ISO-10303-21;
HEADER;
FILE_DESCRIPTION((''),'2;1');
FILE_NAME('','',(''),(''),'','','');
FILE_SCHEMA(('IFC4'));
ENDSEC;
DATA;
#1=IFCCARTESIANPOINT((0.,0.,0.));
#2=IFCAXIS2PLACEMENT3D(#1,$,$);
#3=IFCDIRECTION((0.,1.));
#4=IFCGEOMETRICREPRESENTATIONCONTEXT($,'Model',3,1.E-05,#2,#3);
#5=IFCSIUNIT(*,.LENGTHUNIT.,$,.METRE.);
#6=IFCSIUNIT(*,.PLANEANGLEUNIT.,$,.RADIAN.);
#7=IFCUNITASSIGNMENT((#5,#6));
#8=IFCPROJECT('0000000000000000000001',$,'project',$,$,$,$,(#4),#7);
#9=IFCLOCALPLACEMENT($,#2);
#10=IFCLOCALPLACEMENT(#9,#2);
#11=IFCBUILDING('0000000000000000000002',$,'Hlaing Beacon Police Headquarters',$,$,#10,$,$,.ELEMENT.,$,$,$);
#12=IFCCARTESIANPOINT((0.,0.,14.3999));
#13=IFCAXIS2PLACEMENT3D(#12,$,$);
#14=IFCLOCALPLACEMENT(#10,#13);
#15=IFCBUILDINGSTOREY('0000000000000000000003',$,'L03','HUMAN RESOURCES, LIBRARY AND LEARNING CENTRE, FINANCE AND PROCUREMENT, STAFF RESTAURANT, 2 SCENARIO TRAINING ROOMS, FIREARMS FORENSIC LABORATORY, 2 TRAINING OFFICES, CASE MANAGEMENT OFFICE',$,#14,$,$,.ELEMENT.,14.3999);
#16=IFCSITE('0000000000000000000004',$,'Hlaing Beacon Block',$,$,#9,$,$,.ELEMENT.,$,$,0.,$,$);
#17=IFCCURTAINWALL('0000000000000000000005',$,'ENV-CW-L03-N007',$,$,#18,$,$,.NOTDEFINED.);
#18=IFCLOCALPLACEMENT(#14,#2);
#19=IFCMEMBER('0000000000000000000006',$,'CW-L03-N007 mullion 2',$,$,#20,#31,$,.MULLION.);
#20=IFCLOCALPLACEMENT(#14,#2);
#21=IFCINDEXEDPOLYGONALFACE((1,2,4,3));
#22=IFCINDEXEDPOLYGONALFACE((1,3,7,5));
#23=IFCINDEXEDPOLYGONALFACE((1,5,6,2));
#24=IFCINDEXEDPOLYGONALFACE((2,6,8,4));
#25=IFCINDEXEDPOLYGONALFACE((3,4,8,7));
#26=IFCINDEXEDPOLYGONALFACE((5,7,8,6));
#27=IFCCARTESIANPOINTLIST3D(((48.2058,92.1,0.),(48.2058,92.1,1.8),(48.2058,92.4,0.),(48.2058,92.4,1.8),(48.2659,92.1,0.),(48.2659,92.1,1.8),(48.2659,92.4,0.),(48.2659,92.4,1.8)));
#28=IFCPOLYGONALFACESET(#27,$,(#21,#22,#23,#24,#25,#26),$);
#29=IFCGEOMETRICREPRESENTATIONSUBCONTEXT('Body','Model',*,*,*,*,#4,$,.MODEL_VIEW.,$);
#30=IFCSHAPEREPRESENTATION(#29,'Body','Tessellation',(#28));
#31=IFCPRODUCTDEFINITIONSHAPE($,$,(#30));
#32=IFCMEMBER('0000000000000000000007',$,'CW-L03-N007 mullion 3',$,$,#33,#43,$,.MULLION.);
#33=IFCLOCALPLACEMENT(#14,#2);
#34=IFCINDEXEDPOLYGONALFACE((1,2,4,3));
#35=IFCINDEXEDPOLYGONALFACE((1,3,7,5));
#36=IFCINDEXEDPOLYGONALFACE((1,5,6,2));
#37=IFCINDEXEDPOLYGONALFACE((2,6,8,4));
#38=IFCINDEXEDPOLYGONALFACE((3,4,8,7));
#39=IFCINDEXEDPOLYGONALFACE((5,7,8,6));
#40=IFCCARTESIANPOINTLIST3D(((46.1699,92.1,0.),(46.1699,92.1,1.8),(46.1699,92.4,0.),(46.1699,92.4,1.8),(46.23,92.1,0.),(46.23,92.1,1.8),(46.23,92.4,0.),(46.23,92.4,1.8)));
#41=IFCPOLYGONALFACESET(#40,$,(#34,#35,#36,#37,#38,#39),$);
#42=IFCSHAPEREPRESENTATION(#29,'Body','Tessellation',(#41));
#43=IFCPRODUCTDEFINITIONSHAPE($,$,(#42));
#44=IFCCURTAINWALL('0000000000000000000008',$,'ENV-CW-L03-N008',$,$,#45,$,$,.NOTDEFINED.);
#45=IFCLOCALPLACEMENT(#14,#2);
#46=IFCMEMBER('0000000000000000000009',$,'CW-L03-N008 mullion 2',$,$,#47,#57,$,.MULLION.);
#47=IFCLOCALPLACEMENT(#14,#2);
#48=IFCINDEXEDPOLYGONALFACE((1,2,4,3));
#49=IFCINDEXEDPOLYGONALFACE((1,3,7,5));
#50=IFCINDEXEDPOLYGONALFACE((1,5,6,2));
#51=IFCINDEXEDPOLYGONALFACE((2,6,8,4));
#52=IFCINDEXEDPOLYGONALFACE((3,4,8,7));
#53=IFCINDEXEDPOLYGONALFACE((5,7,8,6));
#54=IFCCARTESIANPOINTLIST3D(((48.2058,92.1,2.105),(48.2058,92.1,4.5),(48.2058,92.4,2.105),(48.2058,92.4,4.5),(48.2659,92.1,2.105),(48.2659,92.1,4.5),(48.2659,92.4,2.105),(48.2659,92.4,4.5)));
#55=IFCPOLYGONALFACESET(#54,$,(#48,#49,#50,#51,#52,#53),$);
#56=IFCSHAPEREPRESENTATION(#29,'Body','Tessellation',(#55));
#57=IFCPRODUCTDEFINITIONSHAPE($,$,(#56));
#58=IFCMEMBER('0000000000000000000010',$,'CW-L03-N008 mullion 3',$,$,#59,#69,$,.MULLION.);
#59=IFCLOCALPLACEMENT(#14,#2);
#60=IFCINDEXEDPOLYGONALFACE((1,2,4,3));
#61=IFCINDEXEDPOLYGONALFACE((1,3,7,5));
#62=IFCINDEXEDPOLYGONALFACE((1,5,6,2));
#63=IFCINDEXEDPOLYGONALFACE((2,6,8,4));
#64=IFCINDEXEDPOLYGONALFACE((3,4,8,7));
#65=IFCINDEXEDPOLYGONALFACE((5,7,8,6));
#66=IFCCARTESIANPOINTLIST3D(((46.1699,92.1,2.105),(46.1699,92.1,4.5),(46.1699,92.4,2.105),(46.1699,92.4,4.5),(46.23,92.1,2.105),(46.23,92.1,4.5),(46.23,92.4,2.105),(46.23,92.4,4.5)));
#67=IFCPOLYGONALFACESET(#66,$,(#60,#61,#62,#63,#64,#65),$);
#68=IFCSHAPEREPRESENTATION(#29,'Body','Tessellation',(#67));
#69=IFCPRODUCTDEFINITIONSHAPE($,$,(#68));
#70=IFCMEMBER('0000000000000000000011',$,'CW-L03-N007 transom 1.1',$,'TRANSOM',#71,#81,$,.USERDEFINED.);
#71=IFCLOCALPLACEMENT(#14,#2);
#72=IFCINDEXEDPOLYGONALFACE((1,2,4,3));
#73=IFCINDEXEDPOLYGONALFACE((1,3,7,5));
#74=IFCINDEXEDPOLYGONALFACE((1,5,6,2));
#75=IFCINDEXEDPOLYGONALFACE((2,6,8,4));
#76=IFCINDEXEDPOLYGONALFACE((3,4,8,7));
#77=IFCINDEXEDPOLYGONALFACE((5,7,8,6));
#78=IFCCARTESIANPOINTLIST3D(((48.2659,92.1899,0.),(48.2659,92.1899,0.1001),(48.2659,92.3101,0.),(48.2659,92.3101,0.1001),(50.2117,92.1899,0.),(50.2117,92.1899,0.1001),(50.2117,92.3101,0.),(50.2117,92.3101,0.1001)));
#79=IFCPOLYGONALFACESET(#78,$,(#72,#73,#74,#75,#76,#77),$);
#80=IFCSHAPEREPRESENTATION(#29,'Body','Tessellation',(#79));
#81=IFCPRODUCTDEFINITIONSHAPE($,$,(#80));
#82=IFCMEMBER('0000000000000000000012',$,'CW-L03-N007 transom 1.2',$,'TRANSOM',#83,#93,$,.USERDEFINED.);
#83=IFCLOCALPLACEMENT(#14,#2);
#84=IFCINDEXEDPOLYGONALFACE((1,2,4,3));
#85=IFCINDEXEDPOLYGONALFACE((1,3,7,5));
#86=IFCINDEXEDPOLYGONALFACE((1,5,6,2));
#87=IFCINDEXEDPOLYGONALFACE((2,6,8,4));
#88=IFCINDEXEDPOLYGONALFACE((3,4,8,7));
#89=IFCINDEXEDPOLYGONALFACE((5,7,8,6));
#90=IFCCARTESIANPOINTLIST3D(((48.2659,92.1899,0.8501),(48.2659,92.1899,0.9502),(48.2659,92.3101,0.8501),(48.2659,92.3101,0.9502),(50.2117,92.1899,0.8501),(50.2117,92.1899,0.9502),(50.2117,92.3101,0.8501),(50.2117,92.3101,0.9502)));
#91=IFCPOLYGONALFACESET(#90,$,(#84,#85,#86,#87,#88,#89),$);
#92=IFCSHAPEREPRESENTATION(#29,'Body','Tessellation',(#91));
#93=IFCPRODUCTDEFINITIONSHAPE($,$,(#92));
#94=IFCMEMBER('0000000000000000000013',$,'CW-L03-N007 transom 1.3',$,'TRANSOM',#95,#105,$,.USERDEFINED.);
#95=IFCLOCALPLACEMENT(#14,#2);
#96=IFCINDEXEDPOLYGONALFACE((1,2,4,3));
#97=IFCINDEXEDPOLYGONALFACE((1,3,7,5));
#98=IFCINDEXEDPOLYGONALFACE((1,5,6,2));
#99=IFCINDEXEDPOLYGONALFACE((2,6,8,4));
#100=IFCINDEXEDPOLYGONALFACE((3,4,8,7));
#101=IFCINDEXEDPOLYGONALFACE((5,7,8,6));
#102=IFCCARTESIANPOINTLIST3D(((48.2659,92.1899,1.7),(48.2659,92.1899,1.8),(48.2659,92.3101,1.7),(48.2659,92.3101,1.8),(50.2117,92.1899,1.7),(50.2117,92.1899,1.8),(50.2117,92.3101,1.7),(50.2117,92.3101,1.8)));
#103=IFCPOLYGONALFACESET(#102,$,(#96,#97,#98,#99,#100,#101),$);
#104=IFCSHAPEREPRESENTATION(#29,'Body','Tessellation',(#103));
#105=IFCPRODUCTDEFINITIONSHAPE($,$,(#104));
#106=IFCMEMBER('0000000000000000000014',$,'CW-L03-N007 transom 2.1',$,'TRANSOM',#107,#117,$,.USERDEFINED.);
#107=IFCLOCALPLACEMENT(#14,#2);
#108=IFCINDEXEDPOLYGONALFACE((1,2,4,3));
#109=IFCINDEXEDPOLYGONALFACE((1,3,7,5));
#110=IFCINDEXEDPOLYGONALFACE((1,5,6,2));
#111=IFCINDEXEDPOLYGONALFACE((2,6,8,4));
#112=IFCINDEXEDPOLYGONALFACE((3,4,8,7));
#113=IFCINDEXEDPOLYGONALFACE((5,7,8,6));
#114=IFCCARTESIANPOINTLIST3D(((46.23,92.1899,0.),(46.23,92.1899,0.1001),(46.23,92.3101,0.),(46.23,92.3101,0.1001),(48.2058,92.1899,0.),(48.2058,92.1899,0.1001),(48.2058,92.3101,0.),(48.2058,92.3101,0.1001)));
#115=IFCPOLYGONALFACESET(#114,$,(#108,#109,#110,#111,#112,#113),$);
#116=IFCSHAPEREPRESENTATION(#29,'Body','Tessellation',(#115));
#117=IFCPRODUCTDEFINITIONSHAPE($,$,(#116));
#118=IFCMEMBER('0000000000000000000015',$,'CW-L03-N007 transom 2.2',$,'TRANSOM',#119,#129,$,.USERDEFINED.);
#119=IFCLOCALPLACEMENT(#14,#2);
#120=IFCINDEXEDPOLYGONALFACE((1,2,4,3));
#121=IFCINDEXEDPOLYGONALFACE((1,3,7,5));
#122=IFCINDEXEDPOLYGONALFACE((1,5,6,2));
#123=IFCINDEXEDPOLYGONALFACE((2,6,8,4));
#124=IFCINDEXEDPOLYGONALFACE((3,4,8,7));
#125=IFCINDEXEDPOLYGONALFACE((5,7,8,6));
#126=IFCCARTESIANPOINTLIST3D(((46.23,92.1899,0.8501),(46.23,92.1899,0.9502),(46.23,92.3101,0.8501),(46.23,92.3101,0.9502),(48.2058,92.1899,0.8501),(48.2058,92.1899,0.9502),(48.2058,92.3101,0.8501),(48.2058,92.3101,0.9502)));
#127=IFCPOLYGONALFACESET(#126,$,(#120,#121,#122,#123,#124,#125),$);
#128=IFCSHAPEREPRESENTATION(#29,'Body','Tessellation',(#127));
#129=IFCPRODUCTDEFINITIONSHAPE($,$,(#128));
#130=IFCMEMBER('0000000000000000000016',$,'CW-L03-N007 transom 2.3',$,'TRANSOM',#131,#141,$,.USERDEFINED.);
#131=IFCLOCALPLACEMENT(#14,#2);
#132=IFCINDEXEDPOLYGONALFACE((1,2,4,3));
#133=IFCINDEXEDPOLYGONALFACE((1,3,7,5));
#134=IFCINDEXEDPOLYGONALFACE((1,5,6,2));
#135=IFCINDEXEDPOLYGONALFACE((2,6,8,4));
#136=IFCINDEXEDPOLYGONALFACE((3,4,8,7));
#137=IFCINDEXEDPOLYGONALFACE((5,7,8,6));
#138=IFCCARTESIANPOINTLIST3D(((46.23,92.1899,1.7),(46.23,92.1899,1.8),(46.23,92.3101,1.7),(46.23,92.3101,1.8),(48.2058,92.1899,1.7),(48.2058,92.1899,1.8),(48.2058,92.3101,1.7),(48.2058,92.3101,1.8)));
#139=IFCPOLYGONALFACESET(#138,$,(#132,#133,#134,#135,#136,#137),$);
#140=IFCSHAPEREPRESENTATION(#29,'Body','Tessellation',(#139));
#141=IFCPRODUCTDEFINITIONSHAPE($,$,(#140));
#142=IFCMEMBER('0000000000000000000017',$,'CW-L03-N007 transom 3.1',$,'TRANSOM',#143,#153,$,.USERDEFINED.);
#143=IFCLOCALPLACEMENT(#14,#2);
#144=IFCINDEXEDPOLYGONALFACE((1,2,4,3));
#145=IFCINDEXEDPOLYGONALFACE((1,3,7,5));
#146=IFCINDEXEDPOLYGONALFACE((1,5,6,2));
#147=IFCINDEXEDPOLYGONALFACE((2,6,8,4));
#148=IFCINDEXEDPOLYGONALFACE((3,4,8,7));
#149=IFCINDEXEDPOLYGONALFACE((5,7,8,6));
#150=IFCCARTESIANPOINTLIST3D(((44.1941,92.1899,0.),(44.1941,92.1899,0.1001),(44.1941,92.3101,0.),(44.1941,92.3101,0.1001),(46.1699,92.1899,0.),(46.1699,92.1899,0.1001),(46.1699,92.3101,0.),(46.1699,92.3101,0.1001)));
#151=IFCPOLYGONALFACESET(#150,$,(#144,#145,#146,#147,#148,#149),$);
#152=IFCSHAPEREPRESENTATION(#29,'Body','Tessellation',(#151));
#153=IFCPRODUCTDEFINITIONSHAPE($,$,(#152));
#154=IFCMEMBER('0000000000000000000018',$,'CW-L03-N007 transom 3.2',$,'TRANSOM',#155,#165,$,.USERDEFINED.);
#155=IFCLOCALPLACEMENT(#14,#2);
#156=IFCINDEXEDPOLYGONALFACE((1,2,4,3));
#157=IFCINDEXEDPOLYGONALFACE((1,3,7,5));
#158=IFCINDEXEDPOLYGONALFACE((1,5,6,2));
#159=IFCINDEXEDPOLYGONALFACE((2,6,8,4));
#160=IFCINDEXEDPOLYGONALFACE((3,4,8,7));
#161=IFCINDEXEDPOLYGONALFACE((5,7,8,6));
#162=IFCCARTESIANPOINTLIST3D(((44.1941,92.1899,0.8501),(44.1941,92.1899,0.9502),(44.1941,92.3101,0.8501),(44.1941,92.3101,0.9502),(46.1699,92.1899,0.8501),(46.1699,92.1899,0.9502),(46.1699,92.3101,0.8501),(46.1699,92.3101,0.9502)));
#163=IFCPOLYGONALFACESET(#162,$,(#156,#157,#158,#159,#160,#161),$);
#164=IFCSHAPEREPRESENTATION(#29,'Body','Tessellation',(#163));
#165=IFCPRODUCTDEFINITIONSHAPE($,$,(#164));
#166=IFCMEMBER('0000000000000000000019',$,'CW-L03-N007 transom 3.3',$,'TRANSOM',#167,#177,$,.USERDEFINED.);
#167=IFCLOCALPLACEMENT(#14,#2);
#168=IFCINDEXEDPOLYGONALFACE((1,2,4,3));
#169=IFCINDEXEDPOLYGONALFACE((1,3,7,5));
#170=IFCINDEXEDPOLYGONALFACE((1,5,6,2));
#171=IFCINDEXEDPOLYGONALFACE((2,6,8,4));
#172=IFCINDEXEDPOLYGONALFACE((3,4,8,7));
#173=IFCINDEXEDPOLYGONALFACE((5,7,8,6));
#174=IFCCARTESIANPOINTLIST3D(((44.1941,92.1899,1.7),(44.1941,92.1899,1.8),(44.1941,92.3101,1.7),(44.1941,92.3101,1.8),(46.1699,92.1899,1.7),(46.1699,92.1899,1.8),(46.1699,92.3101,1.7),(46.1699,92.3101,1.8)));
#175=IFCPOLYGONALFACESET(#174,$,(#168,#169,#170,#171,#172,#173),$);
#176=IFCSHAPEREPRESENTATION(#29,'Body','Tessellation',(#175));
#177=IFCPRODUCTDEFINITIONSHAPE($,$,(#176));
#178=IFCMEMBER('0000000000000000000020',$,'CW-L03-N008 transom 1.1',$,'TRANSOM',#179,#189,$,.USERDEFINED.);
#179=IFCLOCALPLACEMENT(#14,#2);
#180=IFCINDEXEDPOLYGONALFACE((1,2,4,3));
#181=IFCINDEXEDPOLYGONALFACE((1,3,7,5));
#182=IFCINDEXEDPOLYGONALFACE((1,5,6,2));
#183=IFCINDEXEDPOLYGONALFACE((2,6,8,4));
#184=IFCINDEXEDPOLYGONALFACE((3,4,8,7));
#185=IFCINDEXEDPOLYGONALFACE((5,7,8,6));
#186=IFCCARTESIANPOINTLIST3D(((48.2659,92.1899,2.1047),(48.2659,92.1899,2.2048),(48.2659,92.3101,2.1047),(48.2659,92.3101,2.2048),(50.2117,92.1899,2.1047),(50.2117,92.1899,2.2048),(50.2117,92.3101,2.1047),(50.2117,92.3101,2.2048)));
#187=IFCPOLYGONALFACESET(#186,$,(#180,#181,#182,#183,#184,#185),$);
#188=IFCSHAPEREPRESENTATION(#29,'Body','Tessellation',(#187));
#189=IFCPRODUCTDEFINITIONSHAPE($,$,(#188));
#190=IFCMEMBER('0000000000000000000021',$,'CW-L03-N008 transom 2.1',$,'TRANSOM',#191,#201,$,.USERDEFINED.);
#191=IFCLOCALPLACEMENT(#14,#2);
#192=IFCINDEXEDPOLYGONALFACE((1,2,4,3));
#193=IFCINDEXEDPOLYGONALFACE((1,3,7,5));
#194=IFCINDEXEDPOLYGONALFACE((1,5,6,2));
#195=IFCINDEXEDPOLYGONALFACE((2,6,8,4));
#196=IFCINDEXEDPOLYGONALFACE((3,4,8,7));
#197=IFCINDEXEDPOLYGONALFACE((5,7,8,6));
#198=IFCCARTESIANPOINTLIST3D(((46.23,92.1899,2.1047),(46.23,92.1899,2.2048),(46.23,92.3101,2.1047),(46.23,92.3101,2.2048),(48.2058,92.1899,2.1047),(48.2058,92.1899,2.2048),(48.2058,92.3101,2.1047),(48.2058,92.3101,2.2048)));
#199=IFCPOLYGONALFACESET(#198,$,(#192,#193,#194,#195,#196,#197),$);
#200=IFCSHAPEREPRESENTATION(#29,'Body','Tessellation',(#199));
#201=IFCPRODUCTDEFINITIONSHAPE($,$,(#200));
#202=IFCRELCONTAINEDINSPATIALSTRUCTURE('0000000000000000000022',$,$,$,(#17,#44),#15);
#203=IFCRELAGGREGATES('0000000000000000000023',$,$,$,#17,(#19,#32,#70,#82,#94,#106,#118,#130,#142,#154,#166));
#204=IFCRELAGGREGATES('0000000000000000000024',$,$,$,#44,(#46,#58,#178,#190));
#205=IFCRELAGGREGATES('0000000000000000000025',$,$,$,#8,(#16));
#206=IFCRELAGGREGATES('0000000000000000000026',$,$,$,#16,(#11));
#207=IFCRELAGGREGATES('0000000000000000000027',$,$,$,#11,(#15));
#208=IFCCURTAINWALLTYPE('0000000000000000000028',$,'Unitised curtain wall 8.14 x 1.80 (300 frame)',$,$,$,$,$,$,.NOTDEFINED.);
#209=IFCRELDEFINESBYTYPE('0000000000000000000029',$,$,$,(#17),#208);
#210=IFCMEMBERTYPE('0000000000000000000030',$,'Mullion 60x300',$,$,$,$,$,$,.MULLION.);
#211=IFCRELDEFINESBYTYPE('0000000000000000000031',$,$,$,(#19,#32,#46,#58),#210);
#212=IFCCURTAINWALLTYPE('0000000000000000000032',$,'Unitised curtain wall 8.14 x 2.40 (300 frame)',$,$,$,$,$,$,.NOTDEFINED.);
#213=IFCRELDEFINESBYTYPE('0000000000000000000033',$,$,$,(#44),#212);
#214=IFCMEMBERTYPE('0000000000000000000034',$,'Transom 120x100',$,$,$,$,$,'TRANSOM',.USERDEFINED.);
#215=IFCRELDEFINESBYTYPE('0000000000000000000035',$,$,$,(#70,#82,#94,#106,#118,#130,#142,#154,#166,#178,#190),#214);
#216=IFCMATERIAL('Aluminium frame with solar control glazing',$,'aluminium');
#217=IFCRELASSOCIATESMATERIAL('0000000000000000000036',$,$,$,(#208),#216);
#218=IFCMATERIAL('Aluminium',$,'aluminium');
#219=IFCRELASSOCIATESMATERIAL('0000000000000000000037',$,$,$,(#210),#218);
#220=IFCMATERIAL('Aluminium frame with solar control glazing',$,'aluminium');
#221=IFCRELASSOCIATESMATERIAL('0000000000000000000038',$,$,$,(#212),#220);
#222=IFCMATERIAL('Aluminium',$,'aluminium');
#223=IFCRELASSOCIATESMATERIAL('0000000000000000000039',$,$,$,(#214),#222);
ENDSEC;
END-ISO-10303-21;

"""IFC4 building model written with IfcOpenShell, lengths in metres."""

from ifc_helpers import new_model, si_unit, direction, frame, origin, origin_2d, place, context, subcontext, project, spatial, rectangle, extrude, material, material_profile, profile_set, type_object, element, aggregate, save


model = new_model("IFC4")

# Units and contexts
model_context = context("Model", 3, precision=1e-05, world=origin(), true_north=direction((0.0, 1.0)))
body_context = subcontext(model_context, "Body", "Model", "MODEL_VIEW")
ifc_project = project(units=[si_unit("LENGTHUNIT", "METRE"), si_unit("PLANEANGLEUNIT", "RADIAN")], contexts=[model_context])

# Site, building, storey
site_placement = place(None, origin())
site = spatial("IfcSite", under=ifc_project, at=site_placement, Name="Hlaing Beacon Block", CompositionType="ELEMENT", RefElevation=0.0)
building_placement = place(site_placement, origin())
building = spatial("IfcBuilding", under=site, at=building_placement, Name="Hlaing Beacon Police Headquarters", CompositionType="ELEMENT")
storey_placement = place(building_placement, frame((0.0, 0.0, 14.3999)))
storey = spatial("IfcBuildingStorey", under=building, at=storey_placement, Name="L03", Description="HUMAN RESOURCES, LIBRARY AND LEARNING CENTRE, FINANCE AND PROCUREMENT, STAFF RESTAURANT, 2 SCENARIO TRAINING ROOMS, FIREARMS FORENSIC LABORATORY, 2 TRAINING OFFICES, CASE MANAGEMENT OFFICE", CompositionType="ELEMENT", Elevation=14.3999)

# Curtain walls, members
ifc_material_1 = material(Name="Aluminium frame with solar control glazing", Category="aluminium")
curtain_wall_type_1 = type_object("IfcCurtainWallType", Name="Unitised curtain wall 8.14 x 1.80 (300 frame)", PredefinedType="NOTDEFINED", material=ifc_material_1)
curtain_wall_1_placement = place(storey_placement, origin())
curtain_wall_1 = element("IfcCurtainWall", 1, at=curtain_wall_1_placement, inside=storey, type_object=curtain_wall_type_1, Name="ENV-CW-L03-N007", PredefinedType="NOTDEFINED")
ifc_material_2 = material(Name="Aluminium", Category="aluminium")
ifc_material_profile_1 = material_profile(ifc_material_2, rectangle(XDim=0.3, YDim=0.0601, at=origin_2d()), Name="Mullion 60x300")
ifc_profile_set_1 = profile_set([ifc_material_profile_1], Name="Aluminium")
member_type_1 = type_object("IfcMemberType", Name="Mullion 60x300", PredefinedType="MULLION", material=ifc_profile_set_1)
member_1_placement = place(storey_placement, frame((48.2358, 92.25, 0.0), z_axis=(0.0, 0.0, 1.0), x_axis=(0.0, -1.0, 0.0)))
member_1 = element("IfcMember", 2, at=member_1_placement, type_object=member_type_1, Name="CW-L03-N007 mullion 2", PredefinedType="MULLION", context=body_context, shape_type="SweptSolid", body=[
    extrude(rectangle(XDim=0.3, YDim=0.0601, at=origin_2d()), origin(), (0.0, 0.0, 1.0), 1.8),
])
member_2_placement = place(storey_placement, frame((46.2, 92.25, 0.0), z_axis=(0.0, 0.0, 1.0), x_axis=(0.0, -1.0, 0.0)))
member_2 = element("IfcMember", 3, at=member_2_placement, type_object=member_type_1, Name="CW-L03-N007 mullion 3", PredefinedType="MULLION", context=body_context, shape_type="SweptSolid", body=[
    extrude(rectangle(XDim=0.3, YDim=0.0601, at=origin_2d()), origin(), (0.0, 0.0, 1.0), 1.8),
])
ifc_material_3 = material(Name="Aluminium frame with solar control glazing", Category="aluminium")
curtain_wall_type_2 = type_object("IfcCurtainWallType", Name="Unitised curtain wall 8.14 x 2.40 (300 frame)", PredefinedType="NOTDEFINED", material=ifc_material_3)
curtain_wall_2_placement = place(storey_placement, origin())
curtain_wall_2 = element("IfcCurtainWall", 4, at=curtain_wall_2_placement, inside=storey, type_object=curtain_wall_type_2, Name="ENV-CW-L03-N008", PredefinedType="NOTDEFINED")
member_3_placement = place(storey_placement, frame((48.2358, 92.25, 2.105), z_axis=(0.0, 0.0, 1.0), x_axis=(0.0, -1.0, 0.0)))
member_3 = element("IfcMember", 5, at=member_3_placement, type_object=member_type_1, Name="CW-L03-N008 mullion 2", PredefinedType="MULLION", context=body_context, shape_type="SweptSolid", body=[
    extrude(rectangle(XDim=0.3, YDim=0.0601, at=origin_2d()), origin(), (0.0, 0.0, 1.0), 2.395),
])
member_4_placement = place(storey_placement, frame((46.2, 92.25, 2.105), z_axis=(0.0, 0.0, 1.0), x_axis=(0.0, -1.0, 0.0)))
member_4 = element("IfcMember", 6, at=member_4_placement, type_object=member_type_1, Name="CW-L03-N008 mullion 3", PredefinedType="MULLION", context=body_context, shape_type="SweptSolid", body=[
    extrude(rectangle(XDim=0.3, YDim=0.0601, at=origin_2d()), origin(), (0.0, 0.0, 1.0), 2.395),
])

# Members
ifc_material_4 = material(Name="Aluminium", Category="aluminium")
ifc_material_profile_2 = material_profile(ifc_material_4, rectangle(XDim=0.1201, YDim=0.1001, at=origin_2d()), Name="Transom 120x100")
ifc_profile_set_2 = profile_set([ifc_material_profile_2], Name="Aluminium")
member_type_2 = type_object("IfcMemberType", Name="Transom 120x100", ElementType="TRANSOM", PredefinedType="USERDEFINED", material=ifc_profile_set_2)
member_5_placement = place(storey_placement, frame((50.2117, 92.25, 0.05), z_axis=(-1.0, 0.0, 0.0), x_axis=(0.0, -1.0, 0.0)))
member_5 = element("IfcMember", 7, at=member_5_placement, type_object=member_type_2, Name="CW-L03-N007 transom 1.1", ObjectType="TRANSOM", PredefinedType="USERDEFINED", context=body_context, shape_type="SweptSolid", body=[
    extrude(rectangle(XDim=0.1201, YDim=0.1001, at=origin_2d()), origin(), (0.0, 0.0, 1.0), 1.9458),
])
member_6_placement = place(storey_placement, frame((50.2117, 92.25, 0.9001), z_axis=(-1.0, 0.0, 0.0), x_axis=(0.0, -1.0, 0.0)))
member_6 = element("IfcMember", 8, at=member_6_placement, type_object=member_type_2, Name="CW-L03-N007 transom 1.2", ObjectType="TRANSOM", PredefinedType="USERDEFINED", context=body_context, shape_type="SweptSolid", body=[
    extrude(rectangle(XDim=0.1201, YDim=0.1001, at=origin_2d()), origin(), (0.0, 0.0, 1.0), 1.9458),
])
member_7_placement = place(storey_placement, frame((50.2117, 92.25, 1.75), z_axis=(-1.0, 0.0, 0.0), x_axis=(0.0, -1.0, 0.0)))
member_7 = element("IfcMember", 9, at=member_7_placement, type_object=member_type_2, Name="CW-L03-N007 transom 1.3", ObjectType="TRANSOM", PredefinedType="USERDEFINED", context=body_context, shape_type="SweptSolid", body=[
    extrude(rectangle(XDim=0.1201, YDim=0.1001, at=origin_2d()), origin(), (0.0, 0.0, 1.0), 1.9458),
])
member_8_placement = place(storey_placement, frame((48.2058, 92.25, 0.05), z_axis=(-1.0, 0.0, 0.0), x_axis=(0.0, -1.0, 0.0)))
member_8 = element("IfcMember", 10, at=member_8_placement, type_object=member_type_2, Name="CW-L03-N007 transom 2.1", ObjectType="TRANSOM", PredefinedType="USERDEFINED", context=body_context, shape_type="SweptSolid", body=[
    extrude(rectangle(XDim=0.1201, YDim=0.1001, at=origin_2d()), origin(), (0.0, 0.0, 1.0), 1.9758),
])
member_9_placement = place(storey_placement, frame((48.2058, 92.25, 0.9001), z_axis=(-1.0, 0.0, 0.0), x_axis=(0.0, -1.0, 0.0)))
member_9 = element("IfcMember", 11, at=member_9_placement, type_object=member_type_2, Name="CW-L03-N007 transom 2.2", ObjectType="TRANSOM", PredefinedType="USERDEFINED", context=body_context, shape_type="SweptSolid", body=[
    extrude(rectangle(XDim=0.1201, YDim=0.1001, at=origin_2d()), origin(), (0.0, 0.0, 1.0), 1.9758),
])
member_10_placement = place(storey_placement, frame((48.2058, 92.25, 1.75), z_axis=(-1.0, 0.0, 0.0), x_axis=(0.0, -1.0, 0.0)))
member_10 = element("IfcMember", 12, at=member_10_placement, type_object=member_type_2, Name="CW-L03-N007 transom 2.3", ObjectType="TRANSOM", PredefinedType="USERDEFINED", context=body_context, shape_type="SweptSolid", body=[
    extrude(rectangle(XDim=0.1201, YDim=0.1001, at=origin_2d()), origin(), (0.0, 0.0, 1.0), 1.9758),
])
member_11_placement = place(storey_placement, frame((46.1699, 92.25, 0.05), z_axis=(-1.0, 0.0, 0.0), x_axis=(0.0, -1.0, 0.0)))
member_11 = element("IfcMember", 13, at=member_11_placement, type_object=member_type_2, Name="CW-L03-N007 transom 3.1", ObjectType="TRANSOM", PredefinedType="USERDEFINED", context=body_context, shape_type="SweptSolid", body=[
    extrude(rectangle(XDim=0.1201, YDim=0.1001, at=origin_2d()), origin(), (0.0, 0.0, 1.0), 1.9758),
])
member_12_placement = place(storey_placement, frame((46.1699, 92.25, 0.9001), z_axis=(-1.0, 0.0, 0.0), x_axis=(0.0, -1.0, 0.0)))
member_12 = element("IfcMember", 14, at=member_12_placement, type_object=member_type_2, Name="CW-L03-N007 transom 3.2", ObjectType="TRANSOM", PredefinedType="USERDEFINED", context=body_context, shape_type="SweptSolid", body=[
    extrude(rectangle(XDim=0.1201, YDim=0.1001, at=origin_2d()), origin(), (0.0, 0.0, 1.0), 1.9758),
])
member_13_placement = place(storey_placement, frame((46.1699, 92.25, 1.75), z_axis=(-1.0, 0.0, 0.0), x_axis=(0.0, -1.0, 0.0)))
member_13 = element("IfcMember", 15, at=member_13_placement, type_object=member_type_2, Name="CW-L03-N007 transom 3.3", ObjectType="TRANSOM", PredefinedType="USERDEFINED", context=body_context, shape_type="SweptSolid", body=[
    extrude(rectangle(XDim=0.1201, YDim=0.1001, at=origin_2d()), origin(), (0.0, 0.0, 1.0), 1.9758),
])
member_14_placement = place(storey_placement, frame((50.2117, 92.25, 2.1548), z_axis=(-1.0, 0.0, 0.0), x_axis=(0.0, -1.0, 0.0)))
member_14 = element("IfcMember", 16, at=member_14_placement, type_object=member_type_2, Name="CW-L03-N008 transom 1.1", ObjectType="TRANSOM", PredefinedType="USERDEFINED", context=body_context, shape_type="SweptSolid", body=[
    extrude(rectangle(XDim=0.1201, YDim=0.1001, at=origin_2d()), origin(), (0.0, 0.0, 1.0), 1.9458),
])
member_15_placement = place(storey_placement, frame((48.2058, 92.25, 2.1548), z_axis=(-1.0, 0.0, 0.0), x_axis=(0.0, -1.0, 0.0)))
member_15 = element("IfcMember", 17, at=member_15_placement, type_object=member_type_2, Name="CW-L03-N008 transom 2.1", ObjectType="TRANSOM", PredefinedType="USERDEFINED", context=body_context, shape_type="SweptSolid", body=[
    extrude(rectangle(XDim=0.1201, YDim=0.1001, at=origin_2d()), origin(), (0.0, 0.0, 1.0), 1.9758),
])

aggregate(curtain_wall_1, [member_1, member_2, member_5, member_6, member_7, member_8, member_9, member_10, member_11, member_12, member_13])
aggregate(curtain_wall_2, [member_3, member_4, member_14, member_15])

save(model, "model.ifc")
